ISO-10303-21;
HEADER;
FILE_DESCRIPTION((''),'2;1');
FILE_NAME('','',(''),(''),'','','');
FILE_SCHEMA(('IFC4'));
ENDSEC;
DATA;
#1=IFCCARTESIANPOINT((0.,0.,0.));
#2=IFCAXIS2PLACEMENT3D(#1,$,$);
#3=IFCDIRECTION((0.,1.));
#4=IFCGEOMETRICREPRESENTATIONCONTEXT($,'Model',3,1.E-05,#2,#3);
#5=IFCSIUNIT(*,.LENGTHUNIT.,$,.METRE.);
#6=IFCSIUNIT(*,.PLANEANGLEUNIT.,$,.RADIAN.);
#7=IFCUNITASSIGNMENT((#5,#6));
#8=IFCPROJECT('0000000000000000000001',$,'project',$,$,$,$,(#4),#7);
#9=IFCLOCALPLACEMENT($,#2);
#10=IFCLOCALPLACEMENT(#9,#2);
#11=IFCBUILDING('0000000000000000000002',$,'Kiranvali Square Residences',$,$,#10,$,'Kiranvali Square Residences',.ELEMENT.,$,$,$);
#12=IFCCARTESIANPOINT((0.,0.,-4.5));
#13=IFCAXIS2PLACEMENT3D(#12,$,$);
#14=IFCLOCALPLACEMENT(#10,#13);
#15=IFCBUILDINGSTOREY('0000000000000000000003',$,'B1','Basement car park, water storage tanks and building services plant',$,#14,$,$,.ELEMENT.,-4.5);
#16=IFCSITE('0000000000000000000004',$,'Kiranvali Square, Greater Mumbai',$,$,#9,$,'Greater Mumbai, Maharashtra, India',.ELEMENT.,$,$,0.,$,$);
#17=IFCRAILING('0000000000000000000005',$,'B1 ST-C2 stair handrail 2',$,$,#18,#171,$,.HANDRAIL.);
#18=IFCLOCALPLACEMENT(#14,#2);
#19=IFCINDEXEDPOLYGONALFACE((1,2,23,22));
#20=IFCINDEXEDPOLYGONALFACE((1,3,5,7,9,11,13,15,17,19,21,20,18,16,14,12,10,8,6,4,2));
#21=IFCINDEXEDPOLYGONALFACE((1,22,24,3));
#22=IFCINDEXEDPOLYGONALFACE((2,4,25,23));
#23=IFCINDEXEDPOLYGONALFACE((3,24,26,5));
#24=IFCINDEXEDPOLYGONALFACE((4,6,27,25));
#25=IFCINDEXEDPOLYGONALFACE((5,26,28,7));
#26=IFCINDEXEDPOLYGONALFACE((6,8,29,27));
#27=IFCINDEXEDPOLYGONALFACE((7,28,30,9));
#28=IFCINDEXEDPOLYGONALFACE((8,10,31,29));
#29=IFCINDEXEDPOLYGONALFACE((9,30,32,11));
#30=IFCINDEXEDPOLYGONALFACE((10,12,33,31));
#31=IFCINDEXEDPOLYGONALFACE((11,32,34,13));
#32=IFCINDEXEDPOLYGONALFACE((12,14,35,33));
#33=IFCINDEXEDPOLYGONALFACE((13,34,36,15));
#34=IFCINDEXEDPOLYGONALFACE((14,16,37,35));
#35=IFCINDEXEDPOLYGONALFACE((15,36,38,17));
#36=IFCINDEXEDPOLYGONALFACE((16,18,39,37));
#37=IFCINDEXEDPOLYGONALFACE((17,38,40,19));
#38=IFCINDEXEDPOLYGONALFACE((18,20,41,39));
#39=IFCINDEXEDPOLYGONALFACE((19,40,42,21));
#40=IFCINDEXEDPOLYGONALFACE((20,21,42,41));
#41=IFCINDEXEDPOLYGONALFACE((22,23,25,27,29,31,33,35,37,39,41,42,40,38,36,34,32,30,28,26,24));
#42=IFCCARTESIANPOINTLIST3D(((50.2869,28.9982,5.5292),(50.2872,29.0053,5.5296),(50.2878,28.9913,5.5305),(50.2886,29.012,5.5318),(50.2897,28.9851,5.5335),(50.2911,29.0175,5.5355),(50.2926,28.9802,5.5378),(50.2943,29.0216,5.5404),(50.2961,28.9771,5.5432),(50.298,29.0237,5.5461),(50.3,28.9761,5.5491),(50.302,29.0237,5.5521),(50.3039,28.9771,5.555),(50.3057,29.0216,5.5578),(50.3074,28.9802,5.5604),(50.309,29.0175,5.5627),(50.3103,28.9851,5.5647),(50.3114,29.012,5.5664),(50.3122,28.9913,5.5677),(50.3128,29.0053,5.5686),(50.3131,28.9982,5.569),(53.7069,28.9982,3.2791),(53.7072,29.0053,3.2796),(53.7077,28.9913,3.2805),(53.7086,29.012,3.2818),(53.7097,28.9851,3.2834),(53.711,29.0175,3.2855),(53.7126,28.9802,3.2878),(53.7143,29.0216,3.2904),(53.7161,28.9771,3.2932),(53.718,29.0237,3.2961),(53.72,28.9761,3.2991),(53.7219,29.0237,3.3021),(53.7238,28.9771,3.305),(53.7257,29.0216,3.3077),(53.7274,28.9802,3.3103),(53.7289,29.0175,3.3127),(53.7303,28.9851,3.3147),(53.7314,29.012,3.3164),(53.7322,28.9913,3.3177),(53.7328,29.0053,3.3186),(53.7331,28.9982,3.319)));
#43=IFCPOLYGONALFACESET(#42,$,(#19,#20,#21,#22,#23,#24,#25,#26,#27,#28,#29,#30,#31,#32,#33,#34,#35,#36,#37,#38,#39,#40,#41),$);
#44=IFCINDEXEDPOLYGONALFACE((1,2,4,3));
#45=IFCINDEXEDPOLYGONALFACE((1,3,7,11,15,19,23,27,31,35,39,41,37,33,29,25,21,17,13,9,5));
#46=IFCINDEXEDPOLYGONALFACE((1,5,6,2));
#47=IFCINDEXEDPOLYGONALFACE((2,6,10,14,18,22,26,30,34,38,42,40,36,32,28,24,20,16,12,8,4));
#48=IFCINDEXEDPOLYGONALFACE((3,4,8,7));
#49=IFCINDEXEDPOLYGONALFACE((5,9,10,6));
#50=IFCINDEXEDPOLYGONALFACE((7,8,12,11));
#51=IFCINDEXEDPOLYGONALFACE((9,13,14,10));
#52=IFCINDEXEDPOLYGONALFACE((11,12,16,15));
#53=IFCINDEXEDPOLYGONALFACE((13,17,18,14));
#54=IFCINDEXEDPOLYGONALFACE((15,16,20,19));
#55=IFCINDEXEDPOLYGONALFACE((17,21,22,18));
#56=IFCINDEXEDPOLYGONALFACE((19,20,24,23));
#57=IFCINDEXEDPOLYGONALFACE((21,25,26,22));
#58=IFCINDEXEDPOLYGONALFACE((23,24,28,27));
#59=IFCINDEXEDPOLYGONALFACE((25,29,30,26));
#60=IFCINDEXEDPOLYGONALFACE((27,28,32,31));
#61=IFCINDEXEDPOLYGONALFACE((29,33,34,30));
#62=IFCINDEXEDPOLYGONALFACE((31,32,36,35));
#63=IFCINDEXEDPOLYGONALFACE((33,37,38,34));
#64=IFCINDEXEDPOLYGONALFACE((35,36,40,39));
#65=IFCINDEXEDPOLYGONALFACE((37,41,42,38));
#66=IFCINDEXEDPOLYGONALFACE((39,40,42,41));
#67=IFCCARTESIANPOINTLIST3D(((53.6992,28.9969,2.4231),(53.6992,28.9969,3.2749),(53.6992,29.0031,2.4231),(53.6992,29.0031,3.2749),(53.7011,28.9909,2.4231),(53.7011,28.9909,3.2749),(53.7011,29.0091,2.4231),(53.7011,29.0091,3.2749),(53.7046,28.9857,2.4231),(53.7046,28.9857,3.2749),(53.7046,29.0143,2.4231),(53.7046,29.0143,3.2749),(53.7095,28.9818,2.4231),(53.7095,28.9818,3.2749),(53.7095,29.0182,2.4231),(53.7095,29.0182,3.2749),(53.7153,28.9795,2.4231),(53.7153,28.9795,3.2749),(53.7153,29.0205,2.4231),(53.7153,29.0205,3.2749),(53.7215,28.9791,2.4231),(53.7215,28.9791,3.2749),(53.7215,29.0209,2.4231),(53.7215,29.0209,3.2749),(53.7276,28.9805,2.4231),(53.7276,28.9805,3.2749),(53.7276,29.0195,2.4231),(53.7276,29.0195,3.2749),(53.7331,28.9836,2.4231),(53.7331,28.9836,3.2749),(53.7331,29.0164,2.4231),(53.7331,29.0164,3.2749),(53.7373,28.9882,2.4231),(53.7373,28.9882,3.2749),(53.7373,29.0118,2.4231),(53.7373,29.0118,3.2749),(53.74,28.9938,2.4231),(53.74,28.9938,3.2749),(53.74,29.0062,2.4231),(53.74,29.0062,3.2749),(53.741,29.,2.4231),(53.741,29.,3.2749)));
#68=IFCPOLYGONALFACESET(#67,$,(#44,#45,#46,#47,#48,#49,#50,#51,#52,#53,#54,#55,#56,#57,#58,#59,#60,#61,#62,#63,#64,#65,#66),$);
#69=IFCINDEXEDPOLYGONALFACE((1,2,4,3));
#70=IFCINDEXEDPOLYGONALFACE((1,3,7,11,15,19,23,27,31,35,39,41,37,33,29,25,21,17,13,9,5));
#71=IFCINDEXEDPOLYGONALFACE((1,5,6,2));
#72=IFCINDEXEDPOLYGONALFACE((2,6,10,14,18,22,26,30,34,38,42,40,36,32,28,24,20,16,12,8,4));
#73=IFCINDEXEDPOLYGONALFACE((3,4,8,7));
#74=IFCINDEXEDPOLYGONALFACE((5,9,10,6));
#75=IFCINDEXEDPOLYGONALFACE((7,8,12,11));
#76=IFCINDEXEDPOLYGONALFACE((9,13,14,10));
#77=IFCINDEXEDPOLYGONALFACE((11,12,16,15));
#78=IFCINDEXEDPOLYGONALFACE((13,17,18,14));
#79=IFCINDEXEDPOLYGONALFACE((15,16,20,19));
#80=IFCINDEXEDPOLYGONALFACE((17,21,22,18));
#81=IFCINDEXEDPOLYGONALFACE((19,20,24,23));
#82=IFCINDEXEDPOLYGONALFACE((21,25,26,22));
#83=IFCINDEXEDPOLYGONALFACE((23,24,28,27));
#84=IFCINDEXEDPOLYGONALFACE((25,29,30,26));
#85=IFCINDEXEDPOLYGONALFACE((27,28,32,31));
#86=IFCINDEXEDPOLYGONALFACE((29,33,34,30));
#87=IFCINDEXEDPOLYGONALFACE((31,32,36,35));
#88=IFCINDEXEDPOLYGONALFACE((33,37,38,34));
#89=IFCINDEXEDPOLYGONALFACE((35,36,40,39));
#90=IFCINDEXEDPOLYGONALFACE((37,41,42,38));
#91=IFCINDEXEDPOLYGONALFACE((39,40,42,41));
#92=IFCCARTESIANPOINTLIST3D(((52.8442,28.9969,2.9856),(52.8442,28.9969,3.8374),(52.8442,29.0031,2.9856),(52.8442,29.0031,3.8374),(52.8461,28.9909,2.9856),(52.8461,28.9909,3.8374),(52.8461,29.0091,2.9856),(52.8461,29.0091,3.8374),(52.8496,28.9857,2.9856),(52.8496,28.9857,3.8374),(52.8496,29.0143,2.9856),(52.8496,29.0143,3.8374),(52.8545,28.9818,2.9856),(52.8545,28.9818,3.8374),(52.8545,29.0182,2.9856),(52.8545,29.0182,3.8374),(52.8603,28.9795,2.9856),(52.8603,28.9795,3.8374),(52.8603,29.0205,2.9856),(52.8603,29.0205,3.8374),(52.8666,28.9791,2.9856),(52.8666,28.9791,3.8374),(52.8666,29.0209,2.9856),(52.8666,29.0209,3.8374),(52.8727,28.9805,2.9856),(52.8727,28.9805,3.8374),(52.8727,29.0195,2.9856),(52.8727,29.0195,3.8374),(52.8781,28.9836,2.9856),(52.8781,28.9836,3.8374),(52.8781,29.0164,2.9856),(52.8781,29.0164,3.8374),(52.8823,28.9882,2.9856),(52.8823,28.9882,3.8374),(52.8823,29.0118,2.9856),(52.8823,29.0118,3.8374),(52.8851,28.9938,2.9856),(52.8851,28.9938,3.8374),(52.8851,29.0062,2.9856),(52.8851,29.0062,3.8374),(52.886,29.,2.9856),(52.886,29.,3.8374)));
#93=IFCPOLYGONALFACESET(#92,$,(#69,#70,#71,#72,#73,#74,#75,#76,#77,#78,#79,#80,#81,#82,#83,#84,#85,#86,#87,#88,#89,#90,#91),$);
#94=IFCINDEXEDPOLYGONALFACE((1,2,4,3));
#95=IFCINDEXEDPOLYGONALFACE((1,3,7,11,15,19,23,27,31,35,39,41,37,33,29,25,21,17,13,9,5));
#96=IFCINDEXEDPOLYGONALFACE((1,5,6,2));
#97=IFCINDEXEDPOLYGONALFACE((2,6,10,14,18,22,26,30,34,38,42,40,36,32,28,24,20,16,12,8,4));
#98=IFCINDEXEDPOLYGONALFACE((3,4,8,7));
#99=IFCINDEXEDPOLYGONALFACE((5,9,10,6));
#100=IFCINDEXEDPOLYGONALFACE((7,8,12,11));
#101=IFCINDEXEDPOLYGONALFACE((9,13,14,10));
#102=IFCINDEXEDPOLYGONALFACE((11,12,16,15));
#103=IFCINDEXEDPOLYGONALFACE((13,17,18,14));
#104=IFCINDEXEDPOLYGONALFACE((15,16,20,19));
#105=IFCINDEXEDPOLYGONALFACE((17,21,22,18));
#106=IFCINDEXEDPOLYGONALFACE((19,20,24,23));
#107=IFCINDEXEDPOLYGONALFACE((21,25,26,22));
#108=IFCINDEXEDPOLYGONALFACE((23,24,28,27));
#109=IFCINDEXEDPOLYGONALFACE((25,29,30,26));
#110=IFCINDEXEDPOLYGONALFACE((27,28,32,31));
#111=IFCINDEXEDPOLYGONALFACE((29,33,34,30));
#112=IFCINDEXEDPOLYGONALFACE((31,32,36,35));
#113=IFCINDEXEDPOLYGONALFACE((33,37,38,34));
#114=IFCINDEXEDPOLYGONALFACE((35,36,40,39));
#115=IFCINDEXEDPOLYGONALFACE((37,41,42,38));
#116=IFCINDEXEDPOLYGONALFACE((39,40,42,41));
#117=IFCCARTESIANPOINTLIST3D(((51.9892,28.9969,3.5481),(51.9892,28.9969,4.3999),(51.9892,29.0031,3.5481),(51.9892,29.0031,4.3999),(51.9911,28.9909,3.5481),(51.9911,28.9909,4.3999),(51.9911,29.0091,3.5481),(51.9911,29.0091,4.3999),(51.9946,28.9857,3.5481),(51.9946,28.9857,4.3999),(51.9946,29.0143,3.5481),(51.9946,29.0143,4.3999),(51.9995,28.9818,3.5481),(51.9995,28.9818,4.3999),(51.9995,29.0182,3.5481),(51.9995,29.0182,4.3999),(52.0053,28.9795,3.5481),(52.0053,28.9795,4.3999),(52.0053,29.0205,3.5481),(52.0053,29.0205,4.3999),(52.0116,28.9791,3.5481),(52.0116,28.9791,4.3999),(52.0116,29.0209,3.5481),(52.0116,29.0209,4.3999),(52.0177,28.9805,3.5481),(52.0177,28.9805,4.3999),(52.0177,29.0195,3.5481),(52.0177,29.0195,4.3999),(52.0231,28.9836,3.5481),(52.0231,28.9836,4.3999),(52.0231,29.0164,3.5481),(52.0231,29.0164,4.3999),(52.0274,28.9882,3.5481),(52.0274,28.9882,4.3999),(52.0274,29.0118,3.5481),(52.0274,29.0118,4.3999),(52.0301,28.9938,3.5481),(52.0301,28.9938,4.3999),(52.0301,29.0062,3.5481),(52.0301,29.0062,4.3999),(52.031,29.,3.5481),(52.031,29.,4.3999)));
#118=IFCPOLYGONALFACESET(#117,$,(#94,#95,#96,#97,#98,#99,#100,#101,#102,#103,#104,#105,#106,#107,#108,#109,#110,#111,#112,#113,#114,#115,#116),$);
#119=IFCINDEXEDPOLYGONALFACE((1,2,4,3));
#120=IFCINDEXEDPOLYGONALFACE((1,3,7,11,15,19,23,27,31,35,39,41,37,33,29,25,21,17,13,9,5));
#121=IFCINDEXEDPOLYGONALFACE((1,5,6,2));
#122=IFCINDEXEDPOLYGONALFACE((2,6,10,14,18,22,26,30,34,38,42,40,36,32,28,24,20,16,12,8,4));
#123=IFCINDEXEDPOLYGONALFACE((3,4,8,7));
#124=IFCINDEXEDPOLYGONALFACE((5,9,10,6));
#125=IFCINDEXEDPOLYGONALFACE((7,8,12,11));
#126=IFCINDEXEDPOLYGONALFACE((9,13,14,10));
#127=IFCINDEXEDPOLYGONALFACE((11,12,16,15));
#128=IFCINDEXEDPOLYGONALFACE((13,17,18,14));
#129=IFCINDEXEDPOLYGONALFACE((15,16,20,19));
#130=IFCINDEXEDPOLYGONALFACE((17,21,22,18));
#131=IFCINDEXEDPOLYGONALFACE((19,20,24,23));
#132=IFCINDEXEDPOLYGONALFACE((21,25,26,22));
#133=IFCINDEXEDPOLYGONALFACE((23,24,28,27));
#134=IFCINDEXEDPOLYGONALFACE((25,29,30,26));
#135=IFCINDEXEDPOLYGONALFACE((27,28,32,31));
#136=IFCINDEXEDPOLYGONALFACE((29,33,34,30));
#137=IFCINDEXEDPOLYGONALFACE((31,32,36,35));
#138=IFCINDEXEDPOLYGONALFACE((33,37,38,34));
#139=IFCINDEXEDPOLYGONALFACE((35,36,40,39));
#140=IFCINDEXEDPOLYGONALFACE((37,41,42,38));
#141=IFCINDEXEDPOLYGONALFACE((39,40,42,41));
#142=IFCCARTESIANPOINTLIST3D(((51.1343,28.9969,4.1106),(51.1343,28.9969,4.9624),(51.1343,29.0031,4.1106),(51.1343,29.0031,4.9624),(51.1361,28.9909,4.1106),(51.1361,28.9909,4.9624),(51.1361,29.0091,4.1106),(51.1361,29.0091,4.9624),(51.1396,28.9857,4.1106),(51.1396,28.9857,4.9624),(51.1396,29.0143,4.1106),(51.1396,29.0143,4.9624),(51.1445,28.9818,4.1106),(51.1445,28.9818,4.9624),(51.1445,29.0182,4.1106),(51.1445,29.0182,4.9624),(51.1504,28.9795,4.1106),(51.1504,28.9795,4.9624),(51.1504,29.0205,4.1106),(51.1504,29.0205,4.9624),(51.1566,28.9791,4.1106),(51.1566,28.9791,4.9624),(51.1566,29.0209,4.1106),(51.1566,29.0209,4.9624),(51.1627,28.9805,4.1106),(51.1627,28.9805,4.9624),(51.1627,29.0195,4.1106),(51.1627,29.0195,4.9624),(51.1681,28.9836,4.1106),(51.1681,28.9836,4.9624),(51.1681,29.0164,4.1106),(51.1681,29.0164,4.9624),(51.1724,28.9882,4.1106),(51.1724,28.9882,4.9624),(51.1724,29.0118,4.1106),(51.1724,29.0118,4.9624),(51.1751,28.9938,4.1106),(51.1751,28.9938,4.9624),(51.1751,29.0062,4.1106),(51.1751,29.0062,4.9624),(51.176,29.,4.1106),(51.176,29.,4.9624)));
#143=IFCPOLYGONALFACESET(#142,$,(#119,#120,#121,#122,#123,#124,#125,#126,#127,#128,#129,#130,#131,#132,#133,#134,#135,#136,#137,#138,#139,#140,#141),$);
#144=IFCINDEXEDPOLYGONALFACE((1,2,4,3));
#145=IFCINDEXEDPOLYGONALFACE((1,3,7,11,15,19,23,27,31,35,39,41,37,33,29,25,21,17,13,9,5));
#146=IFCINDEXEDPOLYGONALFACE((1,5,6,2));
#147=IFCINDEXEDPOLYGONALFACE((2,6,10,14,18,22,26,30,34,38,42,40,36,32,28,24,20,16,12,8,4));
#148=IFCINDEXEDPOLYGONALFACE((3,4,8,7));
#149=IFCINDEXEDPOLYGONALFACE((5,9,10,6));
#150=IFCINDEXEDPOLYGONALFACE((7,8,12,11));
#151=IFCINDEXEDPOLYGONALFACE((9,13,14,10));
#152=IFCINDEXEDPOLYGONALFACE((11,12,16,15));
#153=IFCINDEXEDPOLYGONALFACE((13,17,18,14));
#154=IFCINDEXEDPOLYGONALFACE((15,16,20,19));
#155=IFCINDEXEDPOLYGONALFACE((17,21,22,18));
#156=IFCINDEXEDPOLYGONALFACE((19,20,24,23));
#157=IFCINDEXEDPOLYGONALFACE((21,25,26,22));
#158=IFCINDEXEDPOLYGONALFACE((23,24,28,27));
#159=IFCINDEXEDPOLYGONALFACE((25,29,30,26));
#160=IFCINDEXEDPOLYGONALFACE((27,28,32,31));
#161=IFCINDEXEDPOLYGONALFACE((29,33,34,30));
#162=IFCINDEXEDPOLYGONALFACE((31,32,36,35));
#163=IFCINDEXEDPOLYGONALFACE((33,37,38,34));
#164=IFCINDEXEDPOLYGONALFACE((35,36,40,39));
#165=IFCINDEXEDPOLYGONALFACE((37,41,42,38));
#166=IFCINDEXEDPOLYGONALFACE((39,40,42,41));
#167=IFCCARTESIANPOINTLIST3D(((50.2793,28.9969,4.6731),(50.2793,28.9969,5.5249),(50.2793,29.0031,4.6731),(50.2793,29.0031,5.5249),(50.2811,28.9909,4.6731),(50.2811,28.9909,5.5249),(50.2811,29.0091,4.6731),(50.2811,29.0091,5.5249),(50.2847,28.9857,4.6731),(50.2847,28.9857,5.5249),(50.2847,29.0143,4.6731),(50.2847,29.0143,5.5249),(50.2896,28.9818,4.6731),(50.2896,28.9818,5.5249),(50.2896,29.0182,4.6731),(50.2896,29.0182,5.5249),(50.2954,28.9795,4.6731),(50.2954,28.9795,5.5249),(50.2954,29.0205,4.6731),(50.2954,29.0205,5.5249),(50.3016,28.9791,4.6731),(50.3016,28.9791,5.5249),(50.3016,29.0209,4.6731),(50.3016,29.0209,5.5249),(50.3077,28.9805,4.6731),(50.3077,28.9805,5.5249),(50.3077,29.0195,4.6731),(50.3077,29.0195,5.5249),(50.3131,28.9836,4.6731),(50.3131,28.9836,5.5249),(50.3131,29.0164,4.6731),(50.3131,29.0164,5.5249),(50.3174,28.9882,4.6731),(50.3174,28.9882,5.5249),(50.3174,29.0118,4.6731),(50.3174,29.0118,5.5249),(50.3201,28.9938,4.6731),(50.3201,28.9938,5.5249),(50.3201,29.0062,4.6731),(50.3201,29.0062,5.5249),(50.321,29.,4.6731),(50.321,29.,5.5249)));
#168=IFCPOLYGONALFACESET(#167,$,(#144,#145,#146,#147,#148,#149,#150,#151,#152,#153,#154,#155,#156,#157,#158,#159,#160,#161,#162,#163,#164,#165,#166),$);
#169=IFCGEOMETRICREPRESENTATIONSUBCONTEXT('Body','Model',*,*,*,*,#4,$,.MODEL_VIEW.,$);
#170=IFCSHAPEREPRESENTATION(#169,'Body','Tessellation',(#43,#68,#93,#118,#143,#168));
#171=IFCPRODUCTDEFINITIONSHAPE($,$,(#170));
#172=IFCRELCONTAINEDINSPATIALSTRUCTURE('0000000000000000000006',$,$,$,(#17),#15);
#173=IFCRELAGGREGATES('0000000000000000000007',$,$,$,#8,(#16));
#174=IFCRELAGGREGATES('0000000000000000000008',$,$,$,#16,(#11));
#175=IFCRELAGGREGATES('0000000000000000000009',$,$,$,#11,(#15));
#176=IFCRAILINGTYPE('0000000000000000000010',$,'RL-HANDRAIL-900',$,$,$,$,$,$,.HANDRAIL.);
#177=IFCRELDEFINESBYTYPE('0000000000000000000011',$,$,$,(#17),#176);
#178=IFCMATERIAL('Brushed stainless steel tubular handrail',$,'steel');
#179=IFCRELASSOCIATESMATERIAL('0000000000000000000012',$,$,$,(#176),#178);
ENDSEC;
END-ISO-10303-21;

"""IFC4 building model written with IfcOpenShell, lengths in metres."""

from ifc_helpers import new_model, si_unit, direction, frame, origin, origin_2d, place, context, subcontext, project, spatial, circle, extrude, material, type_object, element, save


model = new_model("IFC4")

# Units and contexts
model_context = context("Model", 3, precision=1e-05, world=origin(), true_north=direction((0.0, 1.0)))
body_context = subcontext(model_context, "Body", "Model", "MODEL_VIEW")
ifc_project = project(units=[si_unit("LENGTHUNIT", "METRE"), si_unit("PLANEANGLEUNIT", "RADIAN")], contexts=[model_context])

# Site, building, storey
site_placement = place(None, origin())
site = spatial("IfcSite", under=ifc_project, at=site_placement, Name="Kiranvali Square, Greater Mumbai", LongName="Greater Mumbai, Maharashtra, India", CompositionType="ELEMENT", RefElevation=0.0)
building_placement = place(site_placement, origin())
building = spatial("IfcBuilding", under=site, at=building_placement, Name="Kiranvali Square Residences", LongName="Kiranvali Square Residences", CompositionType="ELEMENT")
storey_placement = place(building_placement, frame((0.0, 0.0, -4.5)))
storey = spatial("IfcBuildingStorey", under=building, at=storey_placement, Name="B1", Description="Basement car park, water storage tanks and building services plant", CompositionType="ELEMENT", Elevation=-4.5)

# Railing
ifc_material_1 = material(Name="Brushed stainless steel tubular handrail", Category="steel")
railing_type_1 = type_object("IfcRailingType", Name="RL-HANDRAIL-900", PredefinedType="HANDRAIL", material=ifc_material_1)
railing_1_placement = place(storey_placement, frame((53.72, 29.0, 2.4231)))
element("IfcRailing", 1, at=railing_1_placement, inside=storey, type_object=railing_type_1, Name="B1 ST-C2 stair handrail 2", PredefinedType="HANDRAIL", context=body_context, shape_type="SweptSolid", body=[
    extrude(circle(Radius=0.0239, at=origin_2d()), frame((0.0, 0.0, 0.876), z_axis=(-0.835411, 0.0, 0.549625), x_axis=(0.0, -1.0, 0.0)), (0.0, 0.0, 1.0), 4.0938),
    extrude(circle(Radius=0.021, at=origin_2d()), origin(), (0.0, 0.0, 1.0), 0.8518),
    extrude(circle(Radius=0.021, at=origin_2d()), frame((-0.855, 0.0, 0.5625)), (0.0, 0.0, 1.0), 0.8518),
    extrude(circle(Radius=0.021, at=origin_2d()), frame((-1.71, 0.0, 1.125)), (0.0, 0.0, 1.0), 0.8518),
    extrude(circle(Radius=0.021, at=origin_2d()), frame((-2.5649, 0.0, 1.6875)), (0.0, 0.0, 1.0), 0.8518),
    extrude(circle(Radius=0.021, at=origin_2d()), frame((-3.4199, 0.0, 2.25)), (0.0, 0.0, 1.0), 0.8518),
])

save(model, "model.ifc")
